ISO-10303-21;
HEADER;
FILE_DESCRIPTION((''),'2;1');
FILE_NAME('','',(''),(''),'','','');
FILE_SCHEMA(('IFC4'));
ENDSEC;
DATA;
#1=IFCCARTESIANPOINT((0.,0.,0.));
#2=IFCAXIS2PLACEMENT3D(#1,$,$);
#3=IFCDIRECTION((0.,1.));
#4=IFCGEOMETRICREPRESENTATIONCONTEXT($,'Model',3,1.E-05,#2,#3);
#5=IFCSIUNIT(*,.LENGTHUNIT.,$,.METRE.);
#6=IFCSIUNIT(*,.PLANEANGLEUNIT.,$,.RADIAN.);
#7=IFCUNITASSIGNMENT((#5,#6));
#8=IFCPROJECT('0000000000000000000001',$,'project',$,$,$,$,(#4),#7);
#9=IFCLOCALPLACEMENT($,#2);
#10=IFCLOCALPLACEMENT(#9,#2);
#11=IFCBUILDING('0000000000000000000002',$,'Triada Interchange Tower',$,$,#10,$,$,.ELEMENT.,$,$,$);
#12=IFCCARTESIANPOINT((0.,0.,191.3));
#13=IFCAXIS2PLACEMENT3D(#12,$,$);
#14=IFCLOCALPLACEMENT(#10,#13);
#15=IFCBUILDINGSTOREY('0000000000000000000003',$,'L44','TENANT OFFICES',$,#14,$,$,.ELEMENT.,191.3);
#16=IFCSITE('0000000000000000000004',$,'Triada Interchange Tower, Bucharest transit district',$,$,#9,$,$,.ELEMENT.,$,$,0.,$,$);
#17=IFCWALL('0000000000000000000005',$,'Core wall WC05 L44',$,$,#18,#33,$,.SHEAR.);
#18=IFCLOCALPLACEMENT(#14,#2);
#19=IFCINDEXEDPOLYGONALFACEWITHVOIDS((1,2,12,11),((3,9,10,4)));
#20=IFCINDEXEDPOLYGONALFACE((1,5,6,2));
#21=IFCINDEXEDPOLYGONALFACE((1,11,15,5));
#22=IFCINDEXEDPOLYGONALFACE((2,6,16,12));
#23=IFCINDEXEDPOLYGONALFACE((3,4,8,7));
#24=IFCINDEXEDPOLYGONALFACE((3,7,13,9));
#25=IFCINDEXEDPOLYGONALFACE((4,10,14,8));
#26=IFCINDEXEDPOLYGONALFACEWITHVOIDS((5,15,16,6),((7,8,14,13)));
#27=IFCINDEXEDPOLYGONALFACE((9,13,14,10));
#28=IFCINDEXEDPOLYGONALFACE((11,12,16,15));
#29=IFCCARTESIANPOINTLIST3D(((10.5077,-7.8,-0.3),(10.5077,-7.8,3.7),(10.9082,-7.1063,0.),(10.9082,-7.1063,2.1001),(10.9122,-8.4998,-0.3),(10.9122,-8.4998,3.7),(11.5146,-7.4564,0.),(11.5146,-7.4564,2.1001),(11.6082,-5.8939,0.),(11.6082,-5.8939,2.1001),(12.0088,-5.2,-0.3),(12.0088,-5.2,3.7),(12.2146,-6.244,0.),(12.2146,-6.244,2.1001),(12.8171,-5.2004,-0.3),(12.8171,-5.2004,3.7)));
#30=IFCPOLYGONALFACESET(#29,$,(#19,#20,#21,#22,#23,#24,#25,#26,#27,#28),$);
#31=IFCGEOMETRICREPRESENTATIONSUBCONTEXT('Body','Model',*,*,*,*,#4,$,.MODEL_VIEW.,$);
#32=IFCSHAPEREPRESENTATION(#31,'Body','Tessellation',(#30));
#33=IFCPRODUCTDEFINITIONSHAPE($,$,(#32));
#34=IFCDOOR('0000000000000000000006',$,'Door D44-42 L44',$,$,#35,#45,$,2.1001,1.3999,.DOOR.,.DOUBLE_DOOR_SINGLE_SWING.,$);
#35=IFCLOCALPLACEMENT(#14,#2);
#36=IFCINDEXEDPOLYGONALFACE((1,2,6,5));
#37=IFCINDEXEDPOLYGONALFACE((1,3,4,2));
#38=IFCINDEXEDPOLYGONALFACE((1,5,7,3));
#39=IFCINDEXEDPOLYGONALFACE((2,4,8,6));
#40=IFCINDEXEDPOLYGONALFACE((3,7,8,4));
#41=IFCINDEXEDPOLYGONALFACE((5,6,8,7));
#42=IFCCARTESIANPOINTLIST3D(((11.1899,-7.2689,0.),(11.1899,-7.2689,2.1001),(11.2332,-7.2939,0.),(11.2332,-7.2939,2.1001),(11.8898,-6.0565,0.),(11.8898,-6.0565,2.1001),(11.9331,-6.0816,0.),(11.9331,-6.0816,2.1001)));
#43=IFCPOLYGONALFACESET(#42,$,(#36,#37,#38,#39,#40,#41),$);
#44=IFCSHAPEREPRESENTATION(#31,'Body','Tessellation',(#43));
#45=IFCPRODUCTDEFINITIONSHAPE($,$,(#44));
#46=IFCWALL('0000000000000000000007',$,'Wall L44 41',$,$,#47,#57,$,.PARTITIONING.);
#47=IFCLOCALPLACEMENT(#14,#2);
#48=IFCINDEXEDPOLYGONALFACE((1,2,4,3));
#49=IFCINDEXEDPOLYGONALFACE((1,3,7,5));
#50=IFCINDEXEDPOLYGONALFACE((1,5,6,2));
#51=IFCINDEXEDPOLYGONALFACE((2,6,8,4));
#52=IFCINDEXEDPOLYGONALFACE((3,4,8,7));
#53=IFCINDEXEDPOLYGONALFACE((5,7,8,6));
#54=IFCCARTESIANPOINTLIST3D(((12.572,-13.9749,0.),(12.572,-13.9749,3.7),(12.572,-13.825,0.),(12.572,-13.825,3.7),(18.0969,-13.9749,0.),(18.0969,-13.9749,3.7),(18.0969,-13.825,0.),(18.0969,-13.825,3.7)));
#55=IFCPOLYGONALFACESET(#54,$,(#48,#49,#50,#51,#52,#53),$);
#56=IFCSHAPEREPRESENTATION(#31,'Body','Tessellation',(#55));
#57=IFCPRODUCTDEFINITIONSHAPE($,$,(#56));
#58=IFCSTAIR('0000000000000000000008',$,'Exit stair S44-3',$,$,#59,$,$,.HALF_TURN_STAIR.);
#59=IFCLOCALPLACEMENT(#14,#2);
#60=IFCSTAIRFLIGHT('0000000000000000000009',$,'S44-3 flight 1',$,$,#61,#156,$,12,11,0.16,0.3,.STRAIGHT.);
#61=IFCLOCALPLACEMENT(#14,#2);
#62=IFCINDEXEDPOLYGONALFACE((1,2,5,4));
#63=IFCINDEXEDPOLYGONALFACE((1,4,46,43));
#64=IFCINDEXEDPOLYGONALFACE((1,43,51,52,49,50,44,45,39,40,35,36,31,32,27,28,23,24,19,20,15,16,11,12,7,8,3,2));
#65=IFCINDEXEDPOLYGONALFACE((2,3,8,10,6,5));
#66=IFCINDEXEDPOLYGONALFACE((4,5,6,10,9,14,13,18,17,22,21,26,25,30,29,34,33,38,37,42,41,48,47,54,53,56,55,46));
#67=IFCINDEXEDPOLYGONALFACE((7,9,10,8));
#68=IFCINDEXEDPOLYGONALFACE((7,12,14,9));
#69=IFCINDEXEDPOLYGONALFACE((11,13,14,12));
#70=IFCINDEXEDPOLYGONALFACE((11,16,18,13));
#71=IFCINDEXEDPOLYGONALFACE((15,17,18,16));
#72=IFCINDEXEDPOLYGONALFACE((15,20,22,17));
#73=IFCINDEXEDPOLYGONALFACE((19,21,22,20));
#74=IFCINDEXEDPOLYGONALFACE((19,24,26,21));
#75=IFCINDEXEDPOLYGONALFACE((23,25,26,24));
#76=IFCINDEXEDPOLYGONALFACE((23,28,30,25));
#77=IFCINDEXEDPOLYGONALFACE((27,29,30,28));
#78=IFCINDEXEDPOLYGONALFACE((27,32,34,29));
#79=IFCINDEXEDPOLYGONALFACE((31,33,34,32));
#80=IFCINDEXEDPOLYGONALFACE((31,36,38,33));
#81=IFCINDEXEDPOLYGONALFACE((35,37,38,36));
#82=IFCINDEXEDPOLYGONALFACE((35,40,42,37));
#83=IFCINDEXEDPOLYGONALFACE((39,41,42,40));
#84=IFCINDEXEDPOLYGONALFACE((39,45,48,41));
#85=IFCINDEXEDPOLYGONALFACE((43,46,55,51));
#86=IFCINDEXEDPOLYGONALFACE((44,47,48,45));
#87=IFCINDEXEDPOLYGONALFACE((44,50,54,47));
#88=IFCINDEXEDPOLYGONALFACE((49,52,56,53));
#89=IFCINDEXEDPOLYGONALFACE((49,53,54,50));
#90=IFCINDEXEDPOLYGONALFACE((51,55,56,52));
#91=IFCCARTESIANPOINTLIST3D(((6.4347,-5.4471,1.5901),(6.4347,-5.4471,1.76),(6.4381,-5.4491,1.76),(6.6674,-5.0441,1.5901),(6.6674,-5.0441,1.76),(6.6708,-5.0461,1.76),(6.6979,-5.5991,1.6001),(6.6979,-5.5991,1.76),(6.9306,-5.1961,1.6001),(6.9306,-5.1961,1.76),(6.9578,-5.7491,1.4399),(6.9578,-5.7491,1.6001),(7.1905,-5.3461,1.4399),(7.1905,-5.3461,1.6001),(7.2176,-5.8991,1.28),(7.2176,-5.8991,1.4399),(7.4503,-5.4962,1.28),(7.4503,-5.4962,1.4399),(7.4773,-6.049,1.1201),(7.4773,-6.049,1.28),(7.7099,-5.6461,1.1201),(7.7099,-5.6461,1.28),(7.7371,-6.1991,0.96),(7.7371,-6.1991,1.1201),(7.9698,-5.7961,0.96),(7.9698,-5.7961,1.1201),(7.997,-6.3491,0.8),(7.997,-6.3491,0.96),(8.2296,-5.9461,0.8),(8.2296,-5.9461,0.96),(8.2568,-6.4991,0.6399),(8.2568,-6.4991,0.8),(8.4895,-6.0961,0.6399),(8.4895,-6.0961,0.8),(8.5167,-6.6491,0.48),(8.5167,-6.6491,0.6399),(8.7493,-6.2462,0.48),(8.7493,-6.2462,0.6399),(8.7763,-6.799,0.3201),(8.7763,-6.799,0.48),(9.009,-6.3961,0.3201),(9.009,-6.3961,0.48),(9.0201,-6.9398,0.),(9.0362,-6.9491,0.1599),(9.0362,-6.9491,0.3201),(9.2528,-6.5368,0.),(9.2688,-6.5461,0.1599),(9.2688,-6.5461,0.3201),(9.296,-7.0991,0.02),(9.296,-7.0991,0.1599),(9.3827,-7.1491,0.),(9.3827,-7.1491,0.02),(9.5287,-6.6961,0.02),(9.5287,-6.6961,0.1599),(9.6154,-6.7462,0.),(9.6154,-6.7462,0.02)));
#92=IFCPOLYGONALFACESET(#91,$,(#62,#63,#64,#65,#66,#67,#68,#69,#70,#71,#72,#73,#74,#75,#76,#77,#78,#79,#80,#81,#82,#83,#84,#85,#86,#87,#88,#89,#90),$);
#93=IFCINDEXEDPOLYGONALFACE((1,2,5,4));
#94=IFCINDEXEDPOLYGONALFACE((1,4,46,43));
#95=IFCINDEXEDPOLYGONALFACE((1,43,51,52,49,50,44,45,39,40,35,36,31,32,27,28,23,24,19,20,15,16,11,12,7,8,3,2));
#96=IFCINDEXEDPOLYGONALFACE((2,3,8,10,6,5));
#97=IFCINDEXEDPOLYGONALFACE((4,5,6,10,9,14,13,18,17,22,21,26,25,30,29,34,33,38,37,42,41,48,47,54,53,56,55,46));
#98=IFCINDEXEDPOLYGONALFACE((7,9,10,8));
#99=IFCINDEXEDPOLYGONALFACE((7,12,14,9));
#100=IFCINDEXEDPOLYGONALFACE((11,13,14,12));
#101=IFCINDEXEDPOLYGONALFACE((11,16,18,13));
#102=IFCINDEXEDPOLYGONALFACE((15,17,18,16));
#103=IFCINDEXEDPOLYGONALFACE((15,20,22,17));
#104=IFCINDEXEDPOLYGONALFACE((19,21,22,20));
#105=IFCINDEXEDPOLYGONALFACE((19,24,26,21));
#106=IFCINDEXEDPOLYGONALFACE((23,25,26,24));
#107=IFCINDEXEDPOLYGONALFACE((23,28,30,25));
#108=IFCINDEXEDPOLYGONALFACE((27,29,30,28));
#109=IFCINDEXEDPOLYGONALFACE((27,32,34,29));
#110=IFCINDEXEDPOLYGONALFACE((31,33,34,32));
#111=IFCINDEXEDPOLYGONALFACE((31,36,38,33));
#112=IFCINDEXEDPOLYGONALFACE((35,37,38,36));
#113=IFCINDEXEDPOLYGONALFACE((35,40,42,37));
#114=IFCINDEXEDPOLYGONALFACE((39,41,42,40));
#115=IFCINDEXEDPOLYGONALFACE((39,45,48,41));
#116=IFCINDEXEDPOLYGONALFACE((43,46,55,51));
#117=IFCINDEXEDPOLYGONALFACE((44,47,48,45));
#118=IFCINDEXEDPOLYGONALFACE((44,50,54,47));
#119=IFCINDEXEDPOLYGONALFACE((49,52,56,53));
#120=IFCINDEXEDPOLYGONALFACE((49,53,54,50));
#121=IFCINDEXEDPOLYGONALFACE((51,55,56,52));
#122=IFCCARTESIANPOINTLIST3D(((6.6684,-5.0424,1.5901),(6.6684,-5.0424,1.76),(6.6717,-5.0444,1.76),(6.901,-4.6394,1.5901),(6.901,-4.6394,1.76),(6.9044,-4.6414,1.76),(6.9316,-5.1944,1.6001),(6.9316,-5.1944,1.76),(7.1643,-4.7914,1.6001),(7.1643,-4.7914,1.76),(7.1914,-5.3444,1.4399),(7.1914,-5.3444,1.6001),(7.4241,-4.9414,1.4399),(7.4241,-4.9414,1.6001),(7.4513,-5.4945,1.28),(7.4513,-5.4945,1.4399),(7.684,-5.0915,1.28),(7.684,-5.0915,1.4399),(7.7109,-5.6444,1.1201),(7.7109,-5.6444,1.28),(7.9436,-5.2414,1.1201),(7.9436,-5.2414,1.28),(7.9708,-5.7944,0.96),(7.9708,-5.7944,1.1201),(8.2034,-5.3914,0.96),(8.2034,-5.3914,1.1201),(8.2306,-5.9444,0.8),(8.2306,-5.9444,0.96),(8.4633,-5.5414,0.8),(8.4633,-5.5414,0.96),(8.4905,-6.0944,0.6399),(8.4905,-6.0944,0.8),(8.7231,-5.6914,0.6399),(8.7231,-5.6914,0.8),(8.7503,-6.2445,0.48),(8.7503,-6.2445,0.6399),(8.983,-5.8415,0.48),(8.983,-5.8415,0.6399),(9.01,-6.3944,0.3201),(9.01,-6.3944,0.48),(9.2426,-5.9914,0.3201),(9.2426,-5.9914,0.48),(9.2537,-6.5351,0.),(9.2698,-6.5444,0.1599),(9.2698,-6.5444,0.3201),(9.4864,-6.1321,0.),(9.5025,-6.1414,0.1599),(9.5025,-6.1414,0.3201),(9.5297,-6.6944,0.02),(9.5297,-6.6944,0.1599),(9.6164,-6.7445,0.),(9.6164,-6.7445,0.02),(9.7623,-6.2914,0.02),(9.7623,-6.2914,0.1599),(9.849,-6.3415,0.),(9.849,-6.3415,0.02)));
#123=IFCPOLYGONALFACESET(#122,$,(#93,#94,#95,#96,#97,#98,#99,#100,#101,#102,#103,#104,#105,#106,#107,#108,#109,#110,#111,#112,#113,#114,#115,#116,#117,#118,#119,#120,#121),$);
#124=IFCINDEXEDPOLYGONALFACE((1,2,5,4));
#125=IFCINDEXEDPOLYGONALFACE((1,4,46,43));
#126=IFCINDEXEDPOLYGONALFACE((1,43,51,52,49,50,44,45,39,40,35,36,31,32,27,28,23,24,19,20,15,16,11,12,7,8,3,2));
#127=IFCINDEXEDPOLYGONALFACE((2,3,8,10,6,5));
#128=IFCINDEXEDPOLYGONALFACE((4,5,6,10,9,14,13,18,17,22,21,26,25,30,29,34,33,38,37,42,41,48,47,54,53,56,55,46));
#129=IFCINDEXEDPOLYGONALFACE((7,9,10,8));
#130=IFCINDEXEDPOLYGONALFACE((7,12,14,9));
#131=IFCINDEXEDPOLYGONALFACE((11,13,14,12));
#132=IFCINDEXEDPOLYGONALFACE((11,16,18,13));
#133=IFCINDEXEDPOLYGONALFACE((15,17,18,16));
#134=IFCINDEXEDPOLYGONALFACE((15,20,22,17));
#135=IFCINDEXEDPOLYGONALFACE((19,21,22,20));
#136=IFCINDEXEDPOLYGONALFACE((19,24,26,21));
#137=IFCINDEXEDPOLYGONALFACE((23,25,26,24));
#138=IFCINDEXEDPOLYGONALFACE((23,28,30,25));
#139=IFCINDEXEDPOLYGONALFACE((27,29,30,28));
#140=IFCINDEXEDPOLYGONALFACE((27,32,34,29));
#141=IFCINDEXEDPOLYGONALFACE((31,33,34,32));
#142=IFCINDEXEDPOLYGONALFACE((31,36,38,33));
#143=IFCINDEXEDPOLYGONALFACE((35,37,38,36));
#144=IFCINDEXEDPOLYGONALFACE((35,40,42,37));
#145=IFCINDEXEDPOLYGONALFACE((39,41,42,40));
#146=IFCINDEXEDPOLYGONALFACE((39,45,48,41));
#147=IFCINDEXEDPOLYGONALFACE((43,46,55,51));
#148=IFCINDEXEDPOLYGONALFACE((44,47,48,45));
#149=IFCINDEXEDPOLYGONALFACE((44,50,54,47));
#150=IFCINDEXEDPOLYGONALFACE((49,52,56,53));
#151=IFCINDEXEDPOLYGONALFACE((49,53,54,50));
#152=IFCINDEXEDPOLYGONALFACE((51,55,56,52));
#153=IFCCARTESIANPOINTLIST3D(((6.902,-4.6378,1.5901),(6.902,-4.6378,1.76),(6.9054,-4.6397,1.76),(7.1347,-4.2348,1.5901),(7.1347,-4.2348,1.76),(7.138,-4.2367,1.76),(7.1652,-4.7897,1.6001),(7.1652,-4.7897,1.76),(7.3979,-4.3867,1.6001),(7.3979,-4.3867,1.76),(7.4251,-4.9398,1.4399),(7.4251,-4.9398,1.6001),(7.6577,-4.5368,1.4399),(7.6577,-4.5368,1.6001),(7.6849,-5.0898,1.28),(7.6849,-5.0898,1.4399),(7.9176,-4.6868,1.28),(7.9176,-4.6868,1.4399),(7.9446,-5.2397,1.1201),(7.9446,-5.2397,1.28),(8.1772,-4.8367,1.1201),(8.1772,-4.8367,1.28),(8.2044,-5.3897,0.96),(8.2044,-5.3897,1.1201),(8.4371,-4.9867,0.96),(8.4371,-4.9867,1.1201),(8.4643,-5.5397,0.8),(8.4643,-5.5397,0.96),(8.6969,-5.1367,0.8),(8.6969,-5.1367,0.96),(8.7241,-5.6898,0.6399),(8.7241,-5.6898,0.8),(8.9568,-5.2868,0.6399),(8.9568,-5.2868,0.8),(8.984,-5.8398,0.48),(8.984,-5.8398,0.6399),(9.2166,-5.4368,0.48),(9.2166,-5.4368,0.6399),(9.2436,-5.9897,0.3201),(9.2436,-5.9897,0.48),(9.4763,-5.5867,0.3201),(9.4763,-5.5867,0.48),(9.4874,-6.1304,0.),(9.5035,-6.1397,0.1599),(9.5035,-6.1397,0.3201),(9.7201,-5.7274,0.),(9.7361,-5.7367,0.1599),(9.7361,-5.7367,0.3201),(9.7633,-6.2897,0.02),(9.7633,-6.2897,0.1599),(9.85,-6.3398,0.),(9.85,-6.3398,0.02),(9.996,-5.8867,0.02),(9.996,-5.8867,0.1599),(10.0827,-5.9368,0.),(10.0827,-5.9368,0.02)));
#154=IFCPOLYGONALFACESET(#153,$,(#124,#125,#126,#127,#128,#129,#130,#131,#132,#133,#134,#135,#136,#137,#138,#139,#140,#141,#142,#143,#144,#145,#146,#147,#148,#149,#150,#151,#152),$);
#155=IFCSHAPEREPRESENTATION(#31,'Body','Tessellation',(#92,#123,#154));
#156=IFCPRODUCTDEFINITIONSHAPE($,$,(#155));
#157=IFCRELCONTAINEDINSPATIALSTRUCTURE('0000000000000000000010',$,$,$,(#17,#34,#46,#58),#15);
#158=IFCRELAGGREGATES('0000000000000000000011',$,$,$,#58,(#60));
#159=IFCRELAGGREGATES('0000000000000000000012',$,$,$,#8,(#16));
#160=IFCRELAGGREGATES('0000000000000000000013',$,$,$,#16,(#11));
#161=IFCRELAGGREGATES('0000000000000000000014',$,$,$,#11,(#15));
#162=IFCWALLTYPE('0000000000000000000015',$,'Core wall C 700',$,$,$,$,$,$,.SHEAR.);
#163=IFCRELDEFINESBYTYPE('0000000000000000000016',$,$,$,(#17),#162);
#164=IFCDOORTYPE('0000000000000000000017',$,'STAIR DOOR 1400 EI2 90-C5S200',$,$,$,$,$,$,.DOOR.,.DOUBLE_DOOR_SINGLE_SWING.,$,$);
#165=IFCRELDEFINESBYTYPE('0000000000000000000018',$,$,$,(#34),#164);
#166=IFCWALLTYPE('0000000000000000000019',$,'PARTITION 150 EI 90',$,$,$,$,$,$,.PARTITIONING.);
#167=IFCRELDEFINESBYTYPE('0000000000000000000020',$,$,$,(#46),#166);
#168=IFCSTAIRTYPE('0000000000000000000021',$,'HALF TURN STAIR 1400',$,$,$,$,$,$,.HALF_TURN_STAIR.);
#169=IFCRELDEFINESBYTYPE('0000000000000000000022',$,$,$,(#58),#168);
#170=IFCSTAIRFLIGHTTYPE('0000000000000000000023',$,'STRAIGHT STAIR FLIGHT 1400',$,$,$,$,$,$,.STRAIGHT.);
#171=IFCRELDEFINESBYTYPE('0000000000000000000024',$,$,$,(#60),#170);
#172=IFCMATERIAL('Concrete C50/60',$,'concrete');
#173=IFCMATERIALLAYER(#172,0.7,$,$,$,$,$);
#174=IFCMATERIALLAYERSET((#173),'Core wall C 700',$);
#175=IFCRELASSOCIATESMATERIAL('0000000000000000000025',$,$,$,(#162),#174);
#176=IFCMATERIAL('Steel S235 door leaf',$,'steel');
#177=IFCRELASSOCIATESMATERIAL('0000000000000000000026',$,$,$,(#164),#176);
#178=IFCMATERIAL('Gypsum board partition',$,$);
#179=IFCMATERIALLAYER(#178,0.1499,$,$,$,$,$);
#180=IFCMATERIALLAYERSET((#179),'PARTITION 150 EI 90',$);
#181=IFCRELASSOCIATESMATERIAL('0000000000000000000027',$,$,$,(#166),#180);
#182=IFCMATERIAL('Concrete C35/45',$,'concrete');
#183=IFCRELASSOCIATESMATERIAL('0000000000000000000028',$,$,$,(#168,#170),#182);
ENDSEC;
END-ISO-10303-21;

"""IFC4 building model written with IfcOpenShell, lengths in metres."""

from ifc_helpers import new_model, si_unit, direction, frame, frame_2d, origin, place, context, subcontext, project, spatial, polyline, rectangle, outline, extrude, material, layer, layer_set, type_object, element, fill, aggregate, save


model = new_model("IFC4")

# Units and contexts
model_context = context("Model", 3, precision=1e-05, world=origin(), true_north=direction((0.0, 1.0)))
body_context = subcontext(model_context, "Body", "Model", "MODEL_VIEW")
ifc_project = project(units=[si_unit("LENGTHUNIT", "METRE"), si_unit("PLANEANGLEUNIT", "RADIAN")], contexts=[model_context])

# Site, building, storey
site_placement = place(None, origin())
site = spatial("IfcSite", under=ifc_project, at=site_placement, Name="Triada Interchange Tower, Bucharest transit district", CompositionType="ELEMENT", RefElevation=0.0)
building_placement = place(site_placement, origin())
building = spatial("IfcBuilding", under=site, at=building_placement, Name="Triada Interchange Tower", CompositionType="ELEMENT")
storey_placement = place(building_placement, frame((0.0, 0.0, 191.3)))
storey = spatial("IfcBuildingStorey", under=building, at=storey_placement, Name="L44", Description="TENANT OFFICES", CompositionType="ELEMENT", Elevation=191.3)

# Shared definitions
ifc_material_1 = material(Name="Steel S235 door leaf", Category="steel")

# Wall, opening, door
ifc_material_2 = material(Name="Concrete C50/60", Category="concrete")
ifc_layer_1 = layer(ifc_material_2, 0.7)
ifc_layer_set_1 = layer_set([ifc_layer_1], Name="Core wall C 700")
wall_type_1 = type_object("IfcWallType", Name="Core wall C 700", PredefinedType="SHEAR", material=ifc_layer_set_1)
wall_1_placement = place(storey_placement, frame((10.71, -8.1499, -0.3), z_axis=(0.0, 0.0, 1.0), x_axis=(0.499993, 0.866029, 0.0)))
wall_1 = element("IfcWall", 1, at=wall_1_placement, inside=storey, type_object=wall_type_1, Name="Core wall WC05 L44", PredefinedType="SHEAR", context=body_context, shape_type="SweptSolid", body=[
    extrude(outline(polyline([(-0.2019, -0.3501), (1.7031, -0.3501), (3.6079, -0.3501), (3.2041, 0.3501), (1.7031, 0.3501), (0.2019, 0.3501), (-0.2019, -0.3501)])), origin(), (0.0, 0.0, 1.0), 4.0),
])
opening_1_placement = place(wall_1_placement, frame((1.0029, 0.0, 0.3)))
opening_1 = element("IfcOpeningElement", 2, at=opening_1_placement, cuts=wall_1, PredefinedType="OPENING", context=body_context, shape_type="SweptSolid", body=[
    extrude(rectangle(XDim=1.3999, YDim=2.1001, at=frame_2d((0.7, 1.05))), frame((0.0, 0.3601, 0.0), z_axis=(0.0, -1.0, 0.0), x_axis=(1.0, 0.0, 0.0)), (0.0, 0.0, 1.0), 0.7202),
])
door_type_1 = type_object("IfcDoorType", Name="STAIR DOOR 1400 EI2 90-C5S200", OperationType="DOUBLE_DOOR_SINGLE_SWING", PredefinedType="DOOR", material=ifc_material_1)
door_1_placement = place(opening_1_placement, origin())
door_1 = element("IfcDoor", 3, at=door_1_placement, inside=storey, type_object=door_type_1, Name="Door D44-42 L44", OperationType="DOUBLE_DOOR_SINGLE_SWING", OverallHeight=2.1001, OverallWidth=1.3999, PredefinedType="DOOR", context=body_context, shape_type="SweptSolid", body=[
    extrude(rectangle(XDim=1.3999, YDim=2.1001, at=frame_2d((0.7, 1.05))), frame((0.0, 0.0249, 0.0), z_axis=(0.0, -1.0, 0.0), x_axis=(1.0, 0.0, 0.0)), (0.0, 0.0, 1.0), 0.05),
])
fill(opening_1, door_1)

# Wall
ifc_material_3 = material(Name="Gypsum board partition")
ifc_layer_2 = layer(ifc_material_3, 0.1499)
ifc_layer_set_2 = layer_set([ifc_layer_2], Name="PARTITION 150 EI 90")
wall_type_2 = type_object("IfcWallType", Name="PARTITION 150 EI 90", PredefinedType="PARTITIONING", material=ifc_layer_set_2)
wall_2_placement = place(storey_placement, frame((12.572, -13.8999, 0.0), z_axis=(0.0, 0.0, 1.0), x_axis=(1.0, 0.0, 0.0)))
element("IfcWall", 4, at=wall_2_placement, inside=storey, type_object=wall_type_2, Name="Wall L44 41", PredefinedType="PARTITIONING", context=body_context, shape_type="SweptSolid", body=[
    extrude(rectangle(XDim=5.5249, YDim=0.1499, at=frame_2d((2.7625, 0.0))), origin(), (0.0, 0.0, 1.0), 3.7),
])

# Stair, stair flight
ifc_material_4 = material(Name="Concrete C35/45", Category="concrete")
stair_type = type_object("IfcStairType", Name="HALF TURN STAIR 1400", PredefinedType="HALF_TURN_STAIR", material=ifc_material_4)
stair_placement = place(storey_placement, origin())
stair = element("IfcStair", 5, at=stair_placement, inside=storey, type_object=stair_type, Name="Exit stair S44-3", PredefinedType="HALF_TURN_STAIR")
stair_flight_type = type_object("IfcStairFlightType", Name="STRAIGHT STAIR FLIGHT 1400", PredefinedType="STRAIGHT", material=ifc_material_4)
stair_flight_1_placement = place(storey_placement, frame((9.646, -6.4929, 0.0), z_axis=(0.0, 0.0, 1.0), x_axis=(-0.866025, 0.5, 0.0)))
stair_flight_1 = element("IfcStairFlight", 6, at=stair_flight_1_placement, type_object=stair_flight_type, Name="S44-3 flight 1", NumberOfRisers=12, NumberOfTreads=11, PredefinedType="STRAIGHT", RiserHeight=0.16, TreadLength=0.3, context=body_context, shape_type="SweptSolid", body=[
    extrude(outline(polyline([(-0.1001, 0.0), (-0.1001, 0.02), (0.0, 0.02), (0.0, 0.1599), (0.3, 0.1599), (0.3, 0.3201), (0.6001, 0.3201), (0.6001, 0.48), (0.8999, 0.48), (0.8999, 0.6399), (1.2, 0.6399), (1.2, 0.8), (1.5, 0.8), (1.5, 0.96), (1.8, 0.96), (1.8, 1.1201), (2.1001, 1.1201), (2.1001, 1.28), (2.3999, 1.28), (2.3999, 1.4399), (2.7, 1.4399), (2.7, 1.6001), (3.0, 1.6001), (3.0, 1.76), (3.3, 1.76), (3.304, 1.76), (3.304, 1.9199), (3.304, 1.5901), (0.3186, 0.0), (-0.1001, 0.0)])), frame((0.0, 0.7, 0.0), z_axis=(0.0, -1.0, 0.0), x_axis=(1.0, 0.0, 0.0)), (0.0, 0.0, 1.0), 0.4653),
    extrude(outline(polyline([(-0.1001, 0.0), (-0.1001, 0.02), (0.0, 0.02), (0.0, 0.1599), (0.3, 0.1599), (0.3, 0.3201), (0.6001, 0.3201), (0.6001, 0.48), (0.8999, 0.48), (0.8999, 0.6399), (1.2, 0.6399), (1.2, 0.8), (1.5, 0.8), (1.5, 0.96), (1.8, 0.96), (1.8, 1.1201), (2.1001, 1.1201), (2.1001, 1.28), (2.3999, 1.28), (2.3999, 1.4399), (2.7, 1.4399), (2.7, 1.6001), (3.0, 1.6001), (3.0, 1.76), (3.3, 1.76), (3.304, 1.76), (3.304, 1.9199), (3.304, 1.5901), (0.3186, 0.0), (-0.1001, 0.0)])), frame((0.0, 0.2327, 0.0), z_axis=(0.0, -1.0, 0.0), x_axis=(1.0, 0.0, 0.0)), (0.0, 0.0, 1.0), 0.4653),
    extrude(outline(polyline([(-0.1001, 0.0), (-0.1001, 0.02), (0.0, 0.02), (0.0, 0.1599), (0.3, 0.1599), (0.3, 0.3201), (0.6001, 0.3201), (0.6001, 0.48), (0.8999, 0.48), (0.8999, 0.6399), (1.2, 0.6399), (1.2, 0.8), (1.5, 0.8), (1.5, 0.96), (1.8, 0.96), (1.8, 1.1201), (2.1001, 1.1201), (2.1001, 1.28), (2.3999, 1.28), (2.3999, 1.4399), (2.7, 1.4399), (2.7, 1.6001), (3.0, 1.6001), (3.0, 1.76), (3.3, 1.76), (3.304, 1.76), (3.304, 1.9199), (3.304, 1.5901), (0.3186, 0.0), (-0.1001, 0.0)])), frame((0.0, -0.2346, 0.0), z_axis=(0.0, -1.0, 0.0), x_axis=(1.0, 0.0, 0.0)), (0.0, 0.0, 1.0), 0.4653),
])
aggregate(stair, [stair_flight_1])

save(model, "model.ifc")
